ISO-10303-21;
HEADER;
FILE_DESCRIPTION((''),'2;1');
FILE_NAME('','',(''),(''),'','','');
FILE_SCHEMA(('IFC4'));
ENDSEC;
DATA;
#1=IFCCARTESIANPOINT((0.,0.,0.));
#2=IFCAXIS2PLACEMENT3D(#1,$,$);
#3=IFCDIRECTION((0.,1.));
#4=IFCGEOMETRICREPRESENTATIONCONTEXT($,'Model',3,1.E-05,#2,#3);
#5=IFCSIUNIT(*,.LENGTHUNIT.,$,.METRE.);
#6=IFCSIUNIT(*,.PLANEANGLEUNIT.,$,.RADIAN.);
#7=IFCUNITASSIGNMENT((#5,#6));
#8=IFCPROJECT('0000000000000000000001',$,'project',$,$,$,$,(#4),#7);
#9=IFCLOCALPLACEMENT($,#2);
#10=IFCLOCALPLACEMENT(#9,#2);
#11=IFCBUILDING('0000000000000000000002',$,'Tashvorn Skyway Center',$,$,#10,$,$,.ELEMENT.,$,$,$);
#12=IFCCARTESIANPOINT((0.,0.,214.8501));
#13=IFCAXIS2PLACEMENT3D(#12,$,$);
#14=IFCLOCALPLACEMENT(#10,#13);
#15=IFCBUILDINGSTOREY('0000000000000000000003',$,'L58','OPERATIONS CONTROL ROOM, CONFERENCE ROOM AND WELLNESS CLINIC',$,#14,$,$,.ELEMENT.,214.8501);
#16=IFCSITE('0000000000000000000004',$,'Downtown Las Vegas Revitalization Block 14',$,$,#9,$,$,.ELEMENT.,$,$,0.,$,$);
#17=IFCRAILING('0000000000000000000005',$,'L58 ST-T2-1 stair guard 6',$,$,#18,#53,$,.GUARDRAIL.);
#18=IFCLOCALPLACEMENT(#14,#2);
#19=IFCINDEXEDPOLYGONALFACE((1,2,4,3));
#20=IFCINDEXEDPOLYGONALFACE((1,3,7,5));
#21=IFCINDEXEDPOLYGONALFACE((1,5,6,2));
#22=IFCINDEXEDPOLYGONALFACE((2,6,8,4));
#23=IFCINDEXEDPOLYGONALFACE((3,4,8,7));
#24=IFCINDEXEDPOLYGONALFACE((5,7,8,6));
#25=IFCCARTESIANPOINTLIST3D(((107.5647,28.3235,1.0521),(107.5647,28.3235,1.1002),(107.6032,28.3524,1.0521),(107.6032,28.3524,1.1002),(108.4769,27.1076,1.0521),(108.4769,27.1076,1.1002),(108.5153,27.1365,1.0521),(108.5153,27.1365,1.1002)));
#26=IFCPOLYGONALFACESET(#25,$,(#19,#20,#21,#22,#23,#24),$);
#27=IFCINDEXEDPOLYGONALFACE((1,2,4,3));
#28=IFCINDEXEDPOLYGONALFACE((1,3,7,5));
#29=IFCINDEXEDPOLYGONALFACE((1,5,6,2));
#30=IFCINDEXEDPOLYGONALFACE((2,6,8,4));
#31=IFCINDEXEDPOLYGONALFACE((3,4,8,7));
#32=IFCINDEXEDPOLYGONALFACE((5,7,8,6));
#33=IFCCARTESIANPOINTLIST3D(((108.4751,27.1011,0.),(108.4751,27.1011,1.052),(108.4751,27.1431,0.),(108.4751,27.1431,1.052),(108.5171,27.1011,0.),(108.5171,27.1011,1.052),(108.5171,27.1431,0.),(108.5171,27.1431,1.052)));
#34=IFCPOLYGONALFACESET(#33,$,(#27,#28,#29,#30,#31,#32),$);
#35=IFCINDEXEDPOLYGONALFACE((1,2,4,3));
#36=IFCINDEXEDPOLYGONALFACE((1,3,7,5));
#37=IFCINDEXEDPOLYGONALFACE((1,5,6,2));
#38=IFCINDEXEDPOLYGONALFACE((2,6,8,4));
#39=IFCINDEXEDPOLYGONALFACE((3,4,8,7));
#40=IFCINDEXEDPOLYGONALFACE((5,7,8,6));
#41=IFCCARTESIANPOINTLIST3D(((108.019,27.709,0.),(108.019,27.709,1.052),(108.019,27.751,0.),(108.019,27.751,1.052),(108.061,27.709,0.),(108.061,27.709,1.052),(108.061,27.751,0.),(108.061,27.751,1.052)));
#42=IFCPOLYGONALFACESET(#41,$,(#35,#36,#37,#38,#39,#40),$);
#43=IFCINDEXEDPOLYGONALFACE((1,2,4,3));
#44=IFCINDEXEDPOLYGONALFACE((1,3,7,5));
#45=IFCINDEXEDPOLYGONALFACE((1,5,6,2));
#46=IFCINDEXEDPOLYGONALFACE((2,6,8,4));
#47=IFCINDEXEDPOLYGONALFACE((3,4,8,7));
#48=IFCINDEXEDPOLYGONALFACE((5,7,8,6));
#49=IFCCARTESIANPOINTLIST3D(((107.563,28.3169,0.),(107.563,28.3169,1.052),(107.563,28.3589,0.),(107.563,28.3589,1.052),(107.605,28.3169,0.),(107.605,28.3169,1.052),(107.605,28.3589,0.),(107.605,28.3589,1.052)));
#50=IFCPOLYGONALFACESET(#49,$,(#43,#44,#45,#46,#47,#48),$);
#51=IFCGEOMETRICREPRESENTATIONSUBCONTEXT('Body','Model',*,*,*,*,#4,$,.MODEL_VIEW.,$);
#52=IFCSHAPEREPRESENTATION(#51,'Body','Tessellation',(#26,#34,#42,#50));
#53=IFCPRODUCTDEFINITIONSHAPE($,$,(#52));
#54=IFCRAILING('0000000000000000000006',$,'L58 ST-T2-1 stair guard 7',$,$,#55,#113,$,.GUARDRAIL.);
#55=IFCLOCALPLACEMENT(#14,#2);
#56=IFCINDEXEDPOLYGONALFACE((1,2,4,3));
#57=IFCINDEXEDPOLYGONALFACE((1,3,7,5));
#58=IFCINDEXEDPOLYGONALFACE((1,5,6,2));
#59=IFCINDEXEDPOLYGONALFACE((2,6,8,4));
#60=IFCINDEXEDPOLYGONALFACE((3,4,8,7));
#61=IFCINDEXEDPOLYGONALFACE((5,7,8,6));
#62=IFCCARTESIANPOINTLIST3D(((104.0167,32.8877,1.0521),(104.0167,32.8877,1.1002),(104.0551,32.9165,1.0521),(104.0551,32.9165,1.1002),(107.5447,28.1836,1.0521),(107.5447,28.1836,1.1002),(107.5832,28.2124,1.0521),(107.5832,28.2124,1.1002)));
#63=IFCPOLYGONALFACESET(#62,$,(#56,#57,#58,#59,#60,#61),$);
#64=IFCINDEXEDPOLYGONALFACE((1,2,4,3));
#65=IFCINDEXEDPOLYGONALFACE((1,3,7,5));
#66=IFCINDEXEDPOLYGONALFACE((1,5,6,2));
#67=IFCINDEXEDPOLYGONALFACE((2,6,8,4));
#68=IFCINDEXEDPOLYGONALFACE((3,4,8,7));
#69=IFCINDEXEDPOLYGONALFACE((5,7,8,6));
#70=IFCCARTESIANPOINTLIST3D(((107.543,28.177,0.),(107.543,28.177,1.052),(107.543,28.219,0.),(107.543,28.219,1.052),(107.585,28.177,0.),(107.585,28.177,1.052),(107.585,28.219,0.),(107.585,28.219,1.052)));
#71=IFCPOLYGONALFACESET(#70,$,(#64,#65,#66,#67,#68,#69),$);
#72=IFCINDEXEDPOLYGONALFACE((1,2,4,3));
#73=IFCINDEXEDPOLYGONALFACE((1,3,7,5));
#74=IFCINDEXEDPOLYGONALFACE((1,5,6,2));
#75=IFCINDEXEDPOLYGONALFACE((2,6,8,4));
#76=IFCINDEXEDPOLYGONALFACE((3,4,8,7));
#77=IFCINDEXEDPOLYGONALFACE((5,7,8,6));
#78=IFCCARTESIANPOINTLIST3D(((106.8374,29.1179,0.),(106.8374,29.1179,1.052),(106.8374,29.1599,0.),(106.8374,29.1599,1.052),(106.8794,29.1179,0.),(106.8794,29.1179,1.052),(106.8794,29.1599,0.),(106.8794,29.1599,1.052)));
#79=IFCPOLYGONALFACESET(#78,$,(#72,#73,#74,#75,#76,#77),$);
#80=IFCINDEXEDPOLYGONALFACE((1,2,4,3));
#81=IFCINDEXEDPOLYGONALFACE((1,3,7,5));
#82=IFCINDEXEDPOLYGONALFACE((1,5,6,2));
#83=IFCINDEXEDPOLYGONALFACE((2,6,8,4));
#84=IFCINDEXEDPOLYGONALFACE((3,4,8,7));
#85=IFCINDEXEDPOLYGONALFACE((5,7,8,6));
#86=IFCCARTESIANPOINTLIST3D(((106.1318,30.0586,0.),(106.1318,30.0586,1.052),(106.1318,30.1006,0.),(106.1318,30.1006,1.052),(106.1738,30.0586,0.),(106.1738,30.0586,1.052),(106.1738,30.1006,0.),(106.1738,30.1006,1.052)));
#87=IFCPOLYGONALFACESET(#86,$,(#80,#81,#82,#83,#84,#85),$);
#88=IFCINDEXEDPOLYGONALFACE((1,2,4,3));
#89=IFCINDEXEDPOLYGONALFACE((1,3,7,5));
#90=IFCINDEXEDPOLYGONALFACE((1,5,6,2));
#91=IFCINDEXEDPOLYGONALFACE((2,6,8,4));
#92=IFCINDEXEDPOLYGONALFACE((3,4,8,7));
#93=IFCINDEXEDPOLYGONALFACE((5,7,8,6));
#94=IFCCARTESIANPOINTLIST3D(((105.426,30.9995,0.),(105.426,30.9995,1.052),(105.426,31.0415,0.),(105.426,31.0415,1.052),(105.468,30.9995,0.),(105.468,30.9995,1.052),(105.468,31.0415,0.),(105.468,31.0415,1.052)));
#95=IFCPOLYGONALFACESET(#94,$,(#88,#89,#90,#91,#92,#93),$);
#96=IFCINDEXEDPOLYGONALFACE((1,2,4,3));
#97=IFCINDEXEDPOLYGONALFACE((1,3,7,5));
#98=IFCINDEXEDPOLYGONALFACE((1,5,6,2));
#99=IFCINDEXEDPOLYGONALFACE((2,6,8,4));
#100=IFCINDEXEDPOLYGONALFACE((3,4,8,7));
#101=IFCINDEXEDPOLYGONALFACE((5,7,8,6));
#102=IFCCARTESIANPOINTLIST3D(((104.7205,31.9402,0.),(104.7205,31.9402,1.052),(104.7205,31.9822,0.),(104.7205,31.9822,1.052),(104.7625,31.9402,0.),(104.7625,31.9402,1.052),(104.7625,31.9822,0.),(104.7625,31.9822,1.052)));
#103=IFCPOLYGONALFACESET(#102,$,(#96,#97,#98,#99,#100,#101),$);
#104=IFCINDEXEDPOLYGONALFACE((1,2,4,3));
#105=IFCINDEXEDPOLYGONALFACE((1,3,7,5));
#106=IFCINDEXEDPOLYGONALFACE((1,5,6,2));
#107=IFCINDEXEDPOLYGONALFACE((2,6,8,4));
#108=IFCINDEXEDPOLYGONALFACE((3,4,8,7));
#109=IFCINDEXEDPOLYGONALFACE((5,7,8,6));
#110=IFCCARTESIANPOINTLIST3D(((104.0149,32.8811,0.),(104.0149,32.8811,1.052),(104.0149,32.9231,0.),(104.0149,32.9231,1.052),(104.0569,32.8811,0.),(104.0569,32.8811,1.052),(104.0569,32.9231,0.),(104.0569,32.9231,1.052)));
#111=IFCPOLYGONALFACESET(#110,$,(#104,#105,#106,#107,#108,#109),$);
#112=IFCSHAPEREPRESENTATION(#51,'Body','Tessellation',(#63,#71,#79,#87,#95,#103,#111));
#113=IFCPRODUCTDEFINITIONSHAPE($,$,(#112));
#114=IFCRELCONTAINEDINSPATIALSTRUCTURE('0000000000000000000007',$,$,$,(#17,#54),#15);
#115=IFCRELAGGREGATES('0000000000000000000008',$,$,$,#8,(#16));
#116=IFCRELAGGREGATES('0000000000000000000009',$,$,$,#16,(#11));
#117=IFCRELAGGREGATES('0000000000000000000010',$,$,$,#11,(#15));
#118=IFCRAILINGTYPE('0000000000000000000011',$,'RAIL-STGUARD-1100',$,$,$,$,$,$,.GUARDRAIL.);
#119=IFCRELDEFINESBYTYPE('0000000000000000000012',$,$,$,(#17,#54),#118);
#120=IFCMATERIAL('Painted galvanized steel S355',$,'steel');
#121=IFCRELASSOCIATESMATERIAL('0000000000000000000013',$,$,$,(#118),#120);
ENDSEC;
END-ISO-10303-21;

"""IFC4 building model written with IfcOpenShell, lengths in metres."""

from ifc_helpers import new_model, si_unit, direction, frame, origin, origin_2d, place, context, subcontext, project, spatial, rectangle, extrude, material, type_object, element, save


model = new_model("IFC4")

# Units and contexts
model_context = context("Model", 3, precision=1e-05, world=origin(), true_north=direction((0.0, 1.0)))
body_context = subcontext(model_context, "Body", "Model", "MODEL_VIEW")
ifc_project = project(units=[si_unit("LENGTHUNIT", "METRE"), si_unit("PLANEANGLEUNIT", "RADIAN")], contexts=[model_context])

# Site, building, storey
site_placement = place(None, origin())
site = spatial("IfcSite", under=ifc_project, at=site_placement, Name="Downtown Las Vegas Revitalization Block 14", CompositionType="ELEMENT", RefElevation=0.0)
building_placement = place(site_placement, origin())
building = spatial("IfcBuilding", under=site, at=building_placement, Name="Tashvorn Skyway Center", CompositionType="ELEMENT")
storey_placement = place(building_placement, frame((0.0, 0.0, 214.8501)))
storey = spatial("IfcBuildingStorey", under=building, at=storey_placement, Name="L58", Description="OPERATIONS CONTROL ROOM, CONFERENCE ROOM AND WELLNESS CLINIC", CompositionType="ELEMENT", Elevation=214.8501)

# Railings
ifc_material_1 = material(Name="Painted galvanized steel S355", Category="steel")
railing_type = type_object("IfcRailingType", Name="RAIL-STGUARD-1100", PredefinedType="GUARDRAIL", material=ifc_material_1)
railing_1_placement = place(storey_placement, frame((108.4961, 27.1221, 0.0)))
element("IfcRailing", 1, at=railing_1_placement, inside=storey, type_object=railing_type, Name="L58 ST-T2-1 stair guard 6", PredefinedType="GUARDRAIL", context=body_context, shape_type="SweptSolid", body=[
    extrude(rectangle(XDim=0.0481, YDim=0.0481, at=origin_2d()), frame((0.0, 0.0, 1.0762), z_axis=(-0.600103, 0.799923, 0.0), x_axis=(-0.799923, -0.600103, 0.0)), (0.0, 0.0, 1.0), 1.52),
    extrude(rectangle(XDim=0.042, YDim=0.042, at=origin_2d()), origin(), (0.0, 0.0, 1.0), 1.052),
    extrude(rectangle(XDim=0.042, YDim=0.042, at=origin_2d()), frame((-0.4561, 0.6079, 0.0)), (0.0, 0.0, 1.0), 1.052),
    extrude(rectangle(XDim=0.042, YDim=0.042, at=origin_2d()), frame((-0.9121, 1.2158, 0.0)), (0.0, 0.0, 1.0), 1.052),
])
railing_2_placement = place(storey_placement, frame((107.564, 28.198, 0.0)))
element("IfcRailing", 2, at=railing_2_placement, inside=storey, type_object=railing_type, Name="L58 ST-T2-1 stair guard 7", PredefinedType="GUARDRAIL", context=body_context, shape_type="SweptSolid", body=[
    extrude(rectangle(XDim=0.0481, YDim=0.0481, at=origin_2d()), frame((0.0, 0.0, 1.0762), z_axis=(-0.6, 0.8, 0.0), x_axis=(-0.8, -0.6, 0.0)), (0.0, 0.0, 1.0), 5.8801),
    extrude(rectangle(XDim=0.042, YDim=0.042, at=origin_2d()), origin(), (0.0, 0.0, 1.0), 1.052),
    extrude(rectangle(XDim=0.042, YDim=0.042, at=origin_2d()), frame((-0.7056, 0.9409, 0.0)), (0.0, 0.0, 1.0), 1.052),
    extrude(rectangle(XDim=0.042, YDim=0.042, at=origin_2d()), frame((-1.4111, 1.8816, 0.0)), (0.0, 0.0, 1.0), 1.052),
    extrude(rectangle(XDim=0.042, YDim=0.042, at=origin_2d()), frame((-2.1169, 2.8225, 0.0)), (0.0, 0.0, 1.0), 1.052),
    extrude(rectangle(XDim=0.042, YDim=0.042, at=origin_2d()), frame((-2.8225, 3.7632, 0.0)), (0.0, 0.0, 1.0), 1.052),
    extrude(rectangle(XDim=0.042, YDim=0.042, at=origin_2d()), frame((-3.5281, 4.7041, 0.0)), (0.0, 0.0, 1.0), 1.052),
])

save(model, "model.ifc")
